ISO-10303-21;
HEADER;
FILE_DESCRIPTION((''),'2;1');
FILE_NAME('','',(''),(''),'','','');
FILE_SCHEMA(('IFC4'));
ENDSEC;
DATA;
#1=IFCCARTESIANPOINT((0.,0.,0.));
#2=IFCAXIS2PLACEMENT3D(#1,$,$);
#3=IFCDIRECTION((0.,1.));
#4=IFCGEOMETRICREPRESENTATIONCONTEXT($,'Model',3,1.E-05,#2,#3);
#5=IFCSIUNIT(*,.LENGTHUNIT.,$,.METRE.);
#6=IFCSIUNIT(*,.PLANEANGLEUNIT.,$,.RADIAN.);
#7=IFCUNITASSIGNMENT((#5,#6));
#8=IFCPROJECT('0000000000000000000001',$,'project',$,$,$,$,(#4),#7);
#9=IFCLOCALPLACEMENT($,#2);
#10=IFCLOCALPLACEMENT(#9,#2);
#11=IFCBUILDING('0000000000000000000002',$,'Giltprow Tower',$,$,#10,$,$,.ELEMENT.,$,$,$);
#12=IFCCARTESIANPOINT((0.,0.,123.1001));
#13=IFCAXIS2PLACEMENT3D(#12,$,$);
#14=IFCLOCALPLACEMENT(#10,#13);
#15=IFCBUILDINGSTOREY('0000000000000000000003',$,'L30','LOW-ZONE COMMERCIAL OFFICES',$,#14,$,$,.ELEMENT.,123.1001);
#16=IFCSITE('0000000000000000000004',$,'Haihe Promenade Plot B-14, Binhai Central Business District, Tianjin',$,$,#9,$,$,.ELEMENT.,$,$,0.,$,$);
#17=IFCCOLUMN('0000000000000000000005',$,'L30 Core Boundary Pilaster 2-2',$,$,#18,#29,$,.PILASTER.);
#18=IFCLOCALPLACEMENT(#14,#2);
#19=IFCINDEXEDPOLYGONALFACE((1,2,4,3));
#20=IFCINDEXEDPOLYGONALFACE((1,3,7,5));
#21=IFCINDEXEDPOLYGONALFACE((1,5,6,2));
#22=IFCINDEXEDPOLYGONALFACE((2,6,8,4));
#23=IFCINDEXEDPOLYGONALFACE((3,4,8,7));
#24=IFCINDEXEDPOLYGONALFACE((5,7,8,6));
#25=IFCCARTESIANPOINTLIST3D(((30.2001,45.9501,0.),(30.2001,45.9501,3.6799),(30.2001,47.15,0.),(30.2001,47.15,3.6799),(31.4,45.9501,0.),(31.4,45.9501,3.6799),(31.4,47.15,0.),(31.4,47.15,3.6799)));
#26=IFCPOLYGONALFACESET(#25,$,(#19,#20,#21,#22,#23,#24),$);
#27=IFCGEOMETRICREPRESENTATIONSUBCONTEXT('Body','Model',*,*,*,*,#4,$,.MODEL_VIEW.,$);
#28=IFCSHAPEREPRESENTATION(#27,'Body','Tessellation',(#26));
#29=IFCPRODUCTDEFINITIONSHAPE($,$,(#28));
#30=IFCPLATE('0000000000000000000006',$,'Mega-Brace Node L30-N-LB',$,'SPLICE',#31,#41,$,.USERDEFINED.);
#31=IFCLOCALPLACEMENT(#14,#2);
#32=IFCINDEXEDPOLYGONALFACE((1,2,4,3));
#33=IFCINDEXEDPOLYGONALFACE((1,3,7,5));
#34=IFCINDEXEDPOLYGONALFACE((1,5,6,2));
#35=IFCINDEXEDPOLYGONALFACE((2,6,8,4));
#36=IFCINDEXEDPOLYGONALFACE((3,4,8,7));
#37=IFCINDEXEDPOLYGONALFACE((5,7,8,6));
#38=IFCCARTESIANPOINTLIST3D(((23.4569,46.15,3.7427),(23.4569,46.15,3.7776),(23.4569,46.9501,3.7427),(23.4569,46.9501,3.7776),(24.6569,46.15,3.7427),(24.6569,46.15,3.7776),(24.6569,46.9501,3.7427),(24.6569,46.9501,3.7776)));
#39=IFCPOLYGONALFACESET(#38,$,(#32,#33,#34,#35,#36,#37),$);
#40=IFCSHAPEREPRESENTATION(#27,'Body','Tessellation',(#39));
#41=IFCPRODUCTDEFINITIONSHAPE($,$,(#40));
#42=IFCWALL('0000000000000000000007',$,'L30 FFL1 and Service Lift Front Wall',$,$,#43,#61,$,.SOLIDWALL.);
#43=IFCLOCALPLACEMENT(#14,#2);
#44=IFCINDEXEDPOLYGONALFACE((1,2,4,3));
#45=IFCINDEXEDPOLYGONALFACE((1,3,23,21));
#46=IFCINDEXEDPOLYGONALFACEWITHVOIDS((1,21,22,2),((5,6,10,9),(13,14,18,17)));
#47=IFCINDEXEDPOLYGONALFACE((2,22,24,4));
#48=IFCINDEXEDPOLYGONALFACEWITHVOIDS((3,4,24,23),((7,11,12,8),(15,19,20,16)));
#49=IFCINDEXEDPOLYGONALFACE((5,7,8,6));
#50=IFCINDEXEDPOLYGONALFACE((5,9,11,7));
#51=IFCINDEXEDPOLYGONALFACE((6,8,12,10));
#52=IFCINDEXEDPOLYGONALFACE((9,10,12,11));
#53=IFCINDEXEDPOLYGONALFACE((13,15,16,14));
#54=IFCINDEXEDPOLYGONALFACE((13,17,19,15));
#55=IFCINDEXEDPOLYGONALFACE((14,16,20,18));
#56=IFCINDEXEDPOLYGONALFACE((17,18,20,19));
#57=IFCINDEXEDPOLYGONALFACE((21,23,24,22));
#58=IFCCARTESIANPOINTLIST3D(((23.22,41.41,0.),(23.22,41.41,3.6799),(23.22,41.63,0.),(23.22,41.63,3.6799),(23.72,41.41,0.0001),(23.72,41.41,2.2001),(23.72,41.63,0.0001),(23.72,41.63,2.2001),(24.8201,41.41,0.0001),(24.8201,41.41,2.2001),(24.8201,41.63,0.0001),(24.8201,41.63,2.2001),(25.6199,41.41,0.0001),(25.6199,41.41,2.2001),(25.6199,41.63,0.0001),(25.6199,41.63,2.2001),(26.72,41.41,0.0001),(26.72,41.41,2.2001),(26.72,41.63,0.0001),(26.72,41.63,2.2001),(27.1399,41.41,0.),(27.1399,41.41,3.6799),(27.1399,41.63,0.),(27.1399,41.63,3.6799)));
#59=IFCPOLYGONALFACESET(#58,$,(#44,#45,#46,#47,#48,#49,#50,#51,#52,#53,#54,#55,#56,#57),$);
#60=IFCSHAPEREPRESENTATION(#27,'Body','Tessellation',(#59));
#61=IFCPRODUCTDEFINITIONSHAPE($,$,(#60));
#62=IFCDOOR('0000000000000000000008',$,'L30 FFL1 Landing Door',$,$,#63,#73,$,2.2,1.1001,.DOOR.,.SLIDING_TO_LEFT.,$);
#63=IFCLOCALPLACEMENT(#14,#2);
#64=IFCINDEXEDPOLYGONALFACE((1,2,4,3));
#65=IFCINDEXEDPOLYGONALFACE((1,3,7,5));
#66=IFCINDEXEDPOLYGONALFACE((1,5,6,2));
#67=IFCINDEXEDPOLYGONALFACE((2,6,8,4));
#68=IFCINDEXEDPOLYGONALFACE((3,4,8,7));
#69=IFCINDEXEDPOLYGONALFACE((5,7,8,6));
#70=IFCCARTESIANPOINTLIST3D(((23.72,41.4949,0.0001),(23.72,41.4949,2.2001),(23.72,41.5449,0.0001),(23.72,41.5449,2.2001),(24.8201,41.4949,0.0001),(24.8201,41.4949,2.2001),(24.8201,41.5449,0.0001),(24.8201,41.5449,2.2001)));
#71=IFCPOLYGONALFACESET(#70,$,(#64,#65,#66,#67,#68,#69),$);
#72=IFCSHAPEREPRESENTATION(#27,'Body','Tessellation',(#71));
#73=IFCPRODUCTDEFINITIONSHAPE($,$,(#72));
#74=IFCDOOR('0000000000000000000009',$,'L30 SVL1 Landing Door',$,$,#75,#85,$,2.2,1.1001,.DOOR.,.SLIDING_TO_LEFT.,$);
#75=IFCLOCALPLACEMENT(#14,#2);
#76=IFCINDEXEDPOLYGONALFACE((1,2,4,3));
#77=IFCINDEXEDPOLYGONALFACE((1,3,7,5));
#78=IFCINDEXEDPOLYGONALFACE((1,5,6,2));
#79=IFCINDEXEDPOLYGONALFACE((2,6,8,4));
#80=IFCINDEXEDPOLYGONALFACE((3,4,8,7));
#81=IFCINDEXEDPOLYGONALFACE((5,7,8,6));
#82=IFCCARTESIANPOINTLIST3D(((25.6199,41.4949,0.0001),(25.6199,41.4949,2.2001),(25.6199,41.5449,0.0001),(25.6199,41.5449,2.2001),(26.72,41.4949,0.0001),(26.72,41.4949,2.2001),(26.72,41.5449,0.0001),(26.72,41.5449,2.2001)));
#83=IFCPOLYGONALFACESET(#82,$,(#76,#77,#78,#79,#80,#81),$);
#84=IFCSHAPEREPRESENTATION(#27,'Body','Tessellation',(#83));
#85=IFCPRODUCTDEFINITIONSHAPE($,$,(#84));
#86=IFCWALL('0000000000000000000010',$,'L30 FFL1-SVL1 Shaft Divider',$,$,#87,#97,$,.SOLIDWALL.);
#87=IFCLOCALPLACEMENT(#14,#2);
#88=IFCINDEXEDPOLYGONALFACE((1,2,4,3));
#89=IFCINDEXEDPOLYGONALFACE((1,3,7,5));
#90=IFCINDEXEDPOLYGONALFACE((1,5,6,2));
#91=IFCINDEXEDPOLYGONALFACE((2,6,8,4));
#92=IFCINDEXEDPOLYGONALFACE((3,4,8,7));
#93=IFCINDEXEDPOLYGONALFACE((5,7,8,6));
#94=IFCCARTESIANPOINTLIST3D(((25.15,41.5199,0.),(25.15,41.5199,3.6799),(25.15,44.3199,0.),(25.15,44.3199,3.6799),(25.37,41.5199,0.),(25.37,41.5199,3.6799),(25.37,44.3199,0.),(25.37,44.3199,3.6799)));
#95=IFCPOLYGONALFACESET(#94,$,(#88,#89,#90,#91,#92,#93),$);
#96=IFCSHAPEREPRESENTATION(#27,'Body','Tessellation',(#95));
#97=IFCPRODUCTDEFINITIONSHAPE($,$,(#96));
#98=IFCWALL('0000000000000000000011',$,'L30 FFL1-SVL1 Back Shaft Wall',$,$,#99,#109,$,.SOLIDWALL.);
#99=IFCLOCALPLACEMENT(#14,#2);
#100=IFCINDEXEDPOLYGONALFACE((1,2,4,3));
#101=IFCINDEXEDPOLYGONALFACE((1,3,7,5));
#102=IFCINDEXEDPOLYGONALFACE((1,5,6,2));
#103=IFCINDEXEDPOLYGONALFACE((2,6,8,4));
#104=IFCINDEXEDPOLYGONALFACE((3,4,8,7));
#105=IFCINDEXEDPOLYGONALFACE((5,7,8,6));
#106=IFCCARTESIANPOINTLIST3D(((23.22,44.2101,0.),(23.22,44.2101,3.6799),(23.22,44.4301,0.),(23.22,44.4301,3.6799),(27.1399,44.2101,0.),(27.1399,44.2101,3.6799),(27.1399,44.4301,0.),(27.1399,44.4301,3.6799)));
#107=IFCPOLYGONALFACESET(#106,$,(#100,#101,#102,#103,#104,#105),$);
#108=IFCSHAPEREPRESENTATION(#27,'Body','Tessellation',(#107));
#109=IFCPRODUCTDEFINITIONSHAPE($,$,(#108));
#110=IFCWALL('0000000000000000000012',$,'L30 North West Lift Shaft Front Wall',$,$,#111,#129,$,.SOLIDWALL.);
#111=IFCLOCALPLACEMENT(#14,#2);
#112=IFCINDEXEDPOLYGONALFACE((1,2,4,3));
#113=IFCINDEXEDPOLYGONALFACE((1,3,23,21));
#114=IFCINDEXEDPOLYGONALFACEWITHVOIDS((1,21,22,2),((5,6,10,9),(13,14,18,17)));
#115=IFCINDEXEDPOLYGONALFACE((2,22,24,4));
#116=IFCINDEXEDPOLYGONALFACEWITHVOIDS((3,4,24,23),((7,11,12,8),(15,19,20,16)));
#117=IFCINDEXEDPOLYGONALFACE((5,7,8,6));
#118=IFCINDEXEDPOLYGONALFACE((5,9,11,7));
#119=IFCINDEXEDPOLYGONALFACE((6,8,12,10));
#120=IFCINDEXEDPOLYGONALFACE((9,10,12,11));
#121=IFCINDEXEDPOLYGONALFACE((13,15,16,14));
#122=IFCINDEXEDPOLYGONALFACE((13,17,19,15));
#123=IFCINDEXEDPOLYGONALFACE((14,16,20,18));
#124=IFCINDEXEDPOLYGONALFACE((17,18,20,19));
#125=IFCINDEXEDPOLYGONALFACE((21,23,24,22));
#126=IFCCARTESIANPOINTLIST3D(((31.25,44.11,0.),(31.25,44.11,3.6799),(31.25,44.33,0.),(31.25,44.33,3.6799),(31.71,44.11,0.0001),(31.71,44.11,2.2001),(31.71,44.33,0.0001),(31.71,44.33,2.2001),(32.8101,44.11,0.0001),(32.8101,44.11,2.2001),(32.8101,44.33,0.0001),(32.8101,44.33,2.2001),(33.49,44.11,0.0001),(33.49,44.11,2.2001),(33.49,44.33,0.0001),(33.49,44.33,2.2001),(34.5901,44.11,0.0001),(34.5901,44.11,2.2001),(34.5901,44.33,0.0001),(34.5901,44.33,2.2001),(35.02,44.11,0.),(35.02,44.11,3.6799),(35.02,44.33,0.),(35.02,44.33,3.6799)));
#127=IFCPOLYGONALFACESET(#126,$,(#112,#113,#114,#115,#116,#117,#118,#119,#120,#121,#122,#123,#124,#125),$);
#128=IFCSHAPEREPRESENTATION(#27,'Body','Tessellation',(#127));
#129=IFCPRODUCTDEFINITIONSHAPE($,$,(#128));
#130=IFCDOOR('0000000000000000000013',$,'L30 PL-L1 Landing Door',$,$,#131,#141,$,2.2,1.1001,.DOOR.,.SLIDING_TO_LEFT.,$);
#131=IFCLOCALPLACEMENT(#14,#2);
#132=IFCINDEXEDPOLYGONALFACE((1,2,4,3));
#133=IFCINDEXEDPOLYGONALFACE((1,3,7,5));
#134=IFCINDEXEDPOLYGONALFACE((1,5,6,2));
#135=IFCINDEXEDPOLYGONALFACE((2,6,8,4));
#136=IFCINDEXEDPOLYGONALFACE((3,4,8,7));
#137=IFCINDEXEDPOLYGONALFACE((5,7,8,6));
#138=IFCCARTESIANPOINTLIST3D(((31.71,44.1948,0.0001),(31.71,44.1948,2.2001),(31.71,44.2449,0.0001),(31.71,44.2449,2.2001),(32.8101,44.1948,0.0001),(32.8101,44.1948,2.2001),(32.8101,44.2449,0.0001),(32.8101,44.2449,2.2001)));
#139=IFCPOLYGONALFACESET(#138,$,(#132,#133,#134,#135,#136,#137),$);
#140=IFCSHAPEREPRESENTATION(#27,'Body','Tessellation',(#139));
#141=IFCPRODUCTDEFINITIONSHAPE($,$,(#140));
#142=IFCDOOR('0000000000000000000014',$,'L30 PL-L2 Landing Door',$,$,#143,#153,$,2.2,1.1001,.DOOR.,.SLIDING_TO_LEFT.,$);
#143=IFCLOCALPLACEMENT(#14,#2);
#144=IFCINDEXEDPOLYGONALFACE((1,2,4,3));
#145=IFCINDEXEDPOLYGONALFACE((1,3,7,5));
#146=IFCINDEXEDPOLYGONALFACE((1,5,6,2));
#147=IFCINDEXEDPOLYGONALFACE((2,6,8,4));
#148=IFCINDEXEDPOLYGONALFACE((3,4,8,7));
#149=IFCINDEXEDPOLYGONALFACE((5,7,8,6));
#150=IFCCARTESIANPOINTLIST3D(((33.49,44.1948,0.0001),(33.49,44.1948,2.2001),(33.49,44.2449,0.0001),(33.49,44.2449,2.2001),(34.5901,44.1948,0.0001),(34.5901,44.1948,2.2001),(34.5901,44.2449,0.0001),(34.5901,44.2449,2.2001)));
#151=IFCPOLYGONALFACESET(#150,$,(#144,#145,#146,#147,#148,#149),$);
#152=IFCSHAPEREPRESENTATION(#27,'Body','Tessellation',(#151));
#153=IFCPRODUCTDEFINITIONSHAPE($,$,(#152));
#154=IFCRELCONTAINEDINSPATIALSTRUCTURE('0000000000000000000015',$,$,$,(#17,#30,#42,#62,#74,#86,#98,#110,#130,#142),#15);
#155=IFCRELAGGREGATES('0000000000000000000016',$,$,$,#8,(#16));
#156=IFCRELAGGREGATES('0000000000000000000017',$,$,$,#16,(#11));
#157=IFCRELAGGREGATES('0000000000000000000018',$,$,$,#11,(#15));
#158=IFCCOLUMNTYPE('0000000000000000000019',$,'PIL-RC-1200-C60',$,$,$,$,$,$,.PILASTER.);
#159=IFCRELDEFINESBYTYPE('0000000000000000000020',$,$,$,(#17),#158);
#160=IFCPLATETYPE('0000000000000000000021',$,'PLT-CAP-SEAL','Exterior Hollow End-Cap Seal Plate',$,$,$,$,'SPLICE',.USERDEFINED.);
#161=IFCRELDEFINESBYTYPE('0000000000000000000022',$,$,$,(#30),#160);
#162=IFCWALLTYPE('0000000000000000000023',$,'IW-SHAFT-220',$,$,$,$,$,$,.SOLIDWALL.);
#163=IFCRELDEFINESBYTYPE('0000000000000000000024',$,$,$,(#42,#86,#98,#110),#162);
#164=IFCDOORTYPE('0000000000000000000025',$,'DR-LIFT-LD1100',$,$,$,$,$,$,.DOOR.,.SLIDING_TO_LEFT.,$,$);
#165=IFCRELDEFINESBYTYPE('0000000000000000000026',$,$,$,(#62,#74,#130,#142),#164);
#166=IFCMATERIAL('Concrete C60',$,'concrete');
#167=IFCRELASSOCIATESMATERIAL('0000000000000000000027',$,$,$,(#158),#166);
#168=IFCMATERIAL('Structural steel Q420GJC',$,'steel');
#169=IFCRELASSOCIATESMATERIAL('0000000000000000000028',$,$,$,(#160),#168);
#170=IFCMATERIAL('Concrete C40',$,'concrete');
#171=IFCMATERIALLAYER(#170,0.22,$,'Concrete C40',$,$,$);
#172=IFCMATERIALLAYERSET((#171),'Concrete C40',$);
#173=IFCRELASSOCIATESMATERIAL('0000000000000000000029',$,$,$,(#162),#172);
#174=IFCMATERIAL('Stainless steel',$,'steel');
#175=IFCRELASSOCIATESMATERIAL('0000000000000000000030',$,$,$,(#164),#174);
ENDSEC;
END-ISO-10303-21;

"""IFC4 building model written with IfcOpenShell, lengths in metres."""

from ifc_helpers import new_model, si_unit, direction, frame, frame_2d, origin, origin_2d, place, context, subcontext, project, spatial, rectangle, extrude, source, transform, mapped, material, layer, layer_set, material_profile, profile_set, type_object, element, fill, save


model = new_model("IFC4")

# Units and contexts
model_context = context("Model", 3, precision=1e-05, world=origin(), true_north=direction((0.0, 1.0)))
body_context = subcontext(model_context, "Body", "Model", "MODEL_VIEW")
ifc_project = project(units=[si_unit("LENGTHUNIT", "METRE"), si_unit("PLANEANGLEUNIT", "RADIAN")], contexts=[model_context])

# Site, building, storey
site_placement = place(None, origin())
site = spatial("IfcSite", under=ifc_project, at=site_placement, Name="Haihe Promenade Plot B-14, Binhai Central Business District, Tianjin", CompositionType="ELEMENT", RefElevation=0.0)
building_placement = place(site_placement, origin())
building = spatial("IfcBuilding", under=site, at=building_placement, Name="Giltprow Tower", CompositionType="ELEMENT")
storey_placement = place(building_placement, frame((0.0, 0.0, 123.1001)))
storey = spatial("IfcBuildingStorey", under=building, at=storey_placement, Name="L30", Description="LOW-ZONE COMMERCIAL OFFICES", CompositionType="ELEMENT", Elevation=123.1001)

# Column
ifc_material_1 = material(Name="Concrete C60", Category="concrete")
ifc_material_profile = material_profile(ifc_material_1, rectangle(XDim=1.2, YDim=1.2, at=origin_2d()), Name="RC 1200x1200")
ifc_profile_set = profile_set([ifc_material_profile], Name="Concrete C60")
column_type = type_object("IfcColumnType", Name="PIL-RC-1200-C60", PredefinedType="PILASTER", material=ifc_profile_set)
shared_shape_1 = source(origin(), body_context, "Body", "SweptSolid", [
    extrude(rectangle(XDim=1.2, YDim=1.2, at=origin_2d()), origin(), (0.0, 0.0, 1.0), 3.6799),
])
column_placement = place(storey_placement, frame((30.8, 46.55, 0.0), z_axis=(0.0, 0.0, 1.0), x_axis=(1.0, 0.0, 0.0)))
element("IfcColumn", 1, at=column_placement, inside=storey, type_object=column_type, Name="L30 Core Boundary Pilaster 2-2", PredefinedType="PILASTER", context=body_context, shape_type="MappedRepresentation", body=[
    mapped(shared_shape_1, transform((0.0, 0.0, 0.0), x_axis=(1.0, 0.0, 0.0), y_axis=(0.0, 1.0, 0.0), z_axis=(0.0, 0.0, 1.0), scale=1.0)),
])

# Plate
ifc_material_2 = material(Name="Structural steel Q420GJC", Category="steel")
plate_type = type_object("IfcPlateType", Name="PLT-CAP-SEAL", Description="Exterior Hollow End-Cap Seal Plate", ElementType="SPLICE", PredefinedType="USERDEFINED", material=ifc_material_2)
shared_shape_2 = source(origin(), body_context, "Body", "SweptSolid", [
    extrude(rectangle(XDim=1.2, YDim=0.8, at=origin_2d()), origin(), (0.0, 0.0, 1.0), 0.0349),
])
plate_placement = place(storey_placement, frame((24.0569, 46.55, 3.7427), z_axis=(0.0, 0.0, 1.0), x_axis=(1.0, 0.0, 0.0)))
element("IfcPlate", 2, at=plate_placement, inside=storey, type_object=plate_type, Name="Mega-Brace Node L30-N-LB", ObjectType="SPLICE", PredefinedType="USERDEFINED", context=body_context, shape_type="MappedRepresentation", body=[
    mapped(shared_shape_2, transform((0.0, 0.0, 0.0), x_axis=(1.0, 0.0, 0.0), y_axis=(0.0, 1.0, 0.0), z_axis=(0.0, 0.0, 1.0), scale=1.0)),
])

# Wall, openings, doors
ifc_material_3 = material(Name="Concrete C40", Category="concrete")
ifc_layer_1 = layer(ifc_material_3, 0.22, Name="Concrete C40")
ifc_layer_set_1 = layer_set([ifc_layer_1], Name="Concrete C40")
wall_type_1 = type_object("IfcWallType", Name="IW-SHAFT-220", PredefinedType="SOLIDWALL", material=ifc_layer_set_1)
wall_1_placement = place(storey_placement, frame((23.22, 41.52, 0.0), z_axis=(0.0, 0.0, 1.0), x_axis=(1.0, 0.0, 0.0)))
wall_1 = element("IfcWall", 3, at=wall_1_placement, inside=storey, type_object=wall_type_1, Name="L30 FFL1 and Service Lift Front Wall", PredefinedType="SOLIDWALL", context=body_context, shape_type="SweptSolid", body=[
    extrude(rectangle(XDim=3.9199, YDim=0.22, at=frame_2d((1.96, 0.0))), origin(), (0.0, 0.0, 1.0), 3.6799),
])
opening_1_placement = place(wall_1_placement, frame((0.5, 0.0, 0.0)))
opening_1 = element("IfcOpeningElement", 4, at=opening_1_placement, cuts=wall_1, PredefinedType="OPENING", context=body_context, shape_type="SweptSolid", body=[
    extrude(rectangle(XDim=1.1001, YDim=2.2, at=frame_2d((0.55, 1.1001))), frame((0.0, 0.1199, 0.0), z_axis=(0.0, -1.0, 0.0), x_axis=(1.0, 0.0, 0.0)), (0.0, 0.0, 1.0), 0.24),
])
opening_2_placement = place(wall_1_placement, frame((2.3999, 0.0, 0.0)))
opening_2 = element("IfcOpeningElement", 5, at=opening_2_placement, cuts=wall_1, PredefinedType="OPENING", context=body_context, shape_type="SweptSolid", body=[
    extrude(rectangle(XDim=1.1001, YDim=2.2, at=frame_2d((0.55, 1.1001))), frame((0.0, 0.1199, 0.0), z_axis=(0.0, -1.0, 0.0), x_axis=(1.0, 0.0, 0.0)), (0.0, 0.0, 1.0), 0.24),
])
ifc_material_4 = material(Name="Stainless steel", Category="steel")
door_type = type_object("IfcDoorType", Name="DR-LIFT-LD1100", OperationType="SLIDING_TO_LEFT", PredefinedType="DOOR", material=ifc_material_4)
shared_shape_3 = source(origin(), body_context, "Body", "SweptSolid", [
    extrude(rectangle(XDim=1.1001, YDim=2.2, at=frame_2d((0.55, 1.1001))), frame((0.0, 0.0249, 0.0), z_axis=(0.0, -1.0, 0.0), x_axis=(1.0, 0.0, 0.0)), (0.0, 0.0, 1.0), 0.05),
])
door_1_placement = place(opening_1_placement, origin())
door_1 = element("IfcDoor", 6, at=door_1_placement, inside=storey, type_object=door_type, Name="L30 FFL1 Landing Door", OperationType="SLIDING_TO_LEFT", OverallHeight=2.2, OverallWidth=1.1001, PredefinedType="DOOR", context=body_context, shape_type="MappedRepresentation", body=[
    mapped(shared_shape_3, transform((0.0, 0.0, 0.0), x_axis=(1.0, 0.0, 0.0), y_axis=(0.0, 1.0, 0.0), z_axis=(0.0, 0.0, 1.0), scale=1.0)),
])
fill(opening_1, door_1)
door_2_placement = place(opening_2_placement, origin())
door_2 = element("IfcDoor", 7, at=door_2_placement, inside=storey, type_object=door_type, Name="L30 SVL1 Landing Door", OperationType="SLIDING_TO_LEFT", OverallHeight=2.2, OverallWidth=1.1001, PredefinedType="DOOR", context=body_context, shape_type="MappedRepresentation", body=[
    mapped(shared_shape_3, transform((0.0, 0.0, 0.0), x_axis=(1.0, 0.0, 0.0), y_axis=(0.0, 1.0, 0.0), z_axis=(0.0, 0.0, 1.0), scale=1.0)),
])
fill(opening_2, door_2)

# Walls
wall_2_placement = place(storey_placement, frame((25.26, 41.52, 0.0), z_axis=(0.0, 0.0, 1.0), x_axis=(0.0, 1.0, 0.0)))
element("IfcWall", 8, at=wall_2_placement, inside=storey, type_object=wall_type_1, Name="L30 FFL1-SVL1 Shaft Divider", PredefinedType="SOLIDWALL", context=body_context, shape_type="SweptSolid", body=[
    extrude(rectangle(XDim=2.8, YDim=0.22, at=frame_2d((1.3999, 0.0))), origin(), (0.0, 0.0, 1.0), 3.6799),
])
wall_3_placement = place(storey_placement, frame((23.22, 44.3201, 0.0), z_axis=(0.0, 0.0, 1.0), x_axis=(1.0, 0.0, 0.0)))
element("IfcWall", 9, at=wall_3_placement, inside=storey, type_object=wall_type_1, Name="L30 FFL1-SVL1 Back Shaft Wall", PredefinedType="SOLIDWALL", context=body_context, shape_type="SweptSolid", body=[
    extrude(rectangle(XDim=3.9199, YDim=0.22, at=frame_2d((1.96, 0.0))), origin(), (0.0, 0.0, 1.0), 3.6799),
])

# Wall, openings, doors
wall_4_placement = place(storey_placement, frame((31.25, 44.22, 0.0), z_axis=(0.0, 0.0, 1.0), x_axis=(1.0, 0.0, 0.0)))
wall_4 = element("IfcWall", 10, at=wall_4_placement, inside=storey, type_object=wall_type_1, Name="L30 North West Lift Shaft Front Wall", PredefinedType="SOLIDWALL", context=body_context, shape_type="SweptSolid", body=[
    extrude(rectangle(XDim=3.77, YDim=0.22, at=frame_2d((1.885, 0.0))), origin(), (0.0, 0.0, 1.0), 3.6799),
])
opening_3_placement = place(wall_4_placement, frame((0.46, 0.0, 0.0)))
opening_3 = element("IfcOpeningElement", 11, at=opening_3_placement, cuts=wall_4, PredefinedType="OPENING", context=body_context, shape_type="SweptSolid", body=[
    extrude(rectangle(XDim=1.1001, YDim=2.2, at=frame_2d((0.55, 1.1001))), frame((0.0, 0.1199, 0.0), z_axis=(0.0, -1.0, 0.0), x_axis=(1.0, 0.0, 0.0)), (0.0, 0.0, 1.0), 0.24),
])
opening_4_placement = place(wall_4_placement, frame((2.24, 0.0, 0.0)))
opening_4 = element("IfcOpeningElement", 12, at=opening_4_placement, cuts=wall_4, PredefinedType="OPENING", context=body_context, shape_type="SweptSolid", body=[
    extrude(rectangle(XDim=1.1001, YDim=2.2, at=frame_2d((0.55, 1.1001))), frame((0.0, 0.1199, 0.0), z_axis=(0.0, -1.0, 0.0), x_axis=(1.0, 0.0, 0.0)), (0.0, 0.0, 1.0), 0.24),
])
door_3_placement = place(opening_3_placement, origin())
door_3 = element("IfcDoor", 13, at=door_3_placement, inside=storey, type_object=door_type, Name="L30 PL-L1 Landing Door", OperationType="SLIDING_TO_LEFT", OverallHeight=2.2, OverallWidth=1.1001, PredefinedType="DOOR", context=body_context, shape_type="MappedRepresentation", body=[
    mapped(shared_shape_3, transform((0.0, 0.0, 0.0), x_axis=(1.0, 0.0, 0.0), y_axis=(0.0, 1.0, 0.0), z_axis=(0.0, 0.0, 1.0), scale=1.0)),
])
fill(opening_3, door_3)
door_4_placement = place(opening_4_placement, origin())
door_4 = element("IfcDoor", 14, at=door_4_placement, inside=storey, type_object=door_type, Name="L30 PL-L2 Landing Door", OperationType="SLIDING_TO_LEFT", OverallHeight=2.2, OverallWidth=1.1001, PredefinedType="DOOR", context=body_context, shape_type="MappedRepresentation", body=[
    mapped(shared_shape_3, transform((0.0, 0.0, 0.0), x_axis=(1.0, 0.0, 0.0), y_axis=(0.0, 1.0, 0.0), z_axis=(0.0, 0.0, 1.0), scale=1.0)),
])
fill(opening_4, door_4)

save(model, "model.ifc")
